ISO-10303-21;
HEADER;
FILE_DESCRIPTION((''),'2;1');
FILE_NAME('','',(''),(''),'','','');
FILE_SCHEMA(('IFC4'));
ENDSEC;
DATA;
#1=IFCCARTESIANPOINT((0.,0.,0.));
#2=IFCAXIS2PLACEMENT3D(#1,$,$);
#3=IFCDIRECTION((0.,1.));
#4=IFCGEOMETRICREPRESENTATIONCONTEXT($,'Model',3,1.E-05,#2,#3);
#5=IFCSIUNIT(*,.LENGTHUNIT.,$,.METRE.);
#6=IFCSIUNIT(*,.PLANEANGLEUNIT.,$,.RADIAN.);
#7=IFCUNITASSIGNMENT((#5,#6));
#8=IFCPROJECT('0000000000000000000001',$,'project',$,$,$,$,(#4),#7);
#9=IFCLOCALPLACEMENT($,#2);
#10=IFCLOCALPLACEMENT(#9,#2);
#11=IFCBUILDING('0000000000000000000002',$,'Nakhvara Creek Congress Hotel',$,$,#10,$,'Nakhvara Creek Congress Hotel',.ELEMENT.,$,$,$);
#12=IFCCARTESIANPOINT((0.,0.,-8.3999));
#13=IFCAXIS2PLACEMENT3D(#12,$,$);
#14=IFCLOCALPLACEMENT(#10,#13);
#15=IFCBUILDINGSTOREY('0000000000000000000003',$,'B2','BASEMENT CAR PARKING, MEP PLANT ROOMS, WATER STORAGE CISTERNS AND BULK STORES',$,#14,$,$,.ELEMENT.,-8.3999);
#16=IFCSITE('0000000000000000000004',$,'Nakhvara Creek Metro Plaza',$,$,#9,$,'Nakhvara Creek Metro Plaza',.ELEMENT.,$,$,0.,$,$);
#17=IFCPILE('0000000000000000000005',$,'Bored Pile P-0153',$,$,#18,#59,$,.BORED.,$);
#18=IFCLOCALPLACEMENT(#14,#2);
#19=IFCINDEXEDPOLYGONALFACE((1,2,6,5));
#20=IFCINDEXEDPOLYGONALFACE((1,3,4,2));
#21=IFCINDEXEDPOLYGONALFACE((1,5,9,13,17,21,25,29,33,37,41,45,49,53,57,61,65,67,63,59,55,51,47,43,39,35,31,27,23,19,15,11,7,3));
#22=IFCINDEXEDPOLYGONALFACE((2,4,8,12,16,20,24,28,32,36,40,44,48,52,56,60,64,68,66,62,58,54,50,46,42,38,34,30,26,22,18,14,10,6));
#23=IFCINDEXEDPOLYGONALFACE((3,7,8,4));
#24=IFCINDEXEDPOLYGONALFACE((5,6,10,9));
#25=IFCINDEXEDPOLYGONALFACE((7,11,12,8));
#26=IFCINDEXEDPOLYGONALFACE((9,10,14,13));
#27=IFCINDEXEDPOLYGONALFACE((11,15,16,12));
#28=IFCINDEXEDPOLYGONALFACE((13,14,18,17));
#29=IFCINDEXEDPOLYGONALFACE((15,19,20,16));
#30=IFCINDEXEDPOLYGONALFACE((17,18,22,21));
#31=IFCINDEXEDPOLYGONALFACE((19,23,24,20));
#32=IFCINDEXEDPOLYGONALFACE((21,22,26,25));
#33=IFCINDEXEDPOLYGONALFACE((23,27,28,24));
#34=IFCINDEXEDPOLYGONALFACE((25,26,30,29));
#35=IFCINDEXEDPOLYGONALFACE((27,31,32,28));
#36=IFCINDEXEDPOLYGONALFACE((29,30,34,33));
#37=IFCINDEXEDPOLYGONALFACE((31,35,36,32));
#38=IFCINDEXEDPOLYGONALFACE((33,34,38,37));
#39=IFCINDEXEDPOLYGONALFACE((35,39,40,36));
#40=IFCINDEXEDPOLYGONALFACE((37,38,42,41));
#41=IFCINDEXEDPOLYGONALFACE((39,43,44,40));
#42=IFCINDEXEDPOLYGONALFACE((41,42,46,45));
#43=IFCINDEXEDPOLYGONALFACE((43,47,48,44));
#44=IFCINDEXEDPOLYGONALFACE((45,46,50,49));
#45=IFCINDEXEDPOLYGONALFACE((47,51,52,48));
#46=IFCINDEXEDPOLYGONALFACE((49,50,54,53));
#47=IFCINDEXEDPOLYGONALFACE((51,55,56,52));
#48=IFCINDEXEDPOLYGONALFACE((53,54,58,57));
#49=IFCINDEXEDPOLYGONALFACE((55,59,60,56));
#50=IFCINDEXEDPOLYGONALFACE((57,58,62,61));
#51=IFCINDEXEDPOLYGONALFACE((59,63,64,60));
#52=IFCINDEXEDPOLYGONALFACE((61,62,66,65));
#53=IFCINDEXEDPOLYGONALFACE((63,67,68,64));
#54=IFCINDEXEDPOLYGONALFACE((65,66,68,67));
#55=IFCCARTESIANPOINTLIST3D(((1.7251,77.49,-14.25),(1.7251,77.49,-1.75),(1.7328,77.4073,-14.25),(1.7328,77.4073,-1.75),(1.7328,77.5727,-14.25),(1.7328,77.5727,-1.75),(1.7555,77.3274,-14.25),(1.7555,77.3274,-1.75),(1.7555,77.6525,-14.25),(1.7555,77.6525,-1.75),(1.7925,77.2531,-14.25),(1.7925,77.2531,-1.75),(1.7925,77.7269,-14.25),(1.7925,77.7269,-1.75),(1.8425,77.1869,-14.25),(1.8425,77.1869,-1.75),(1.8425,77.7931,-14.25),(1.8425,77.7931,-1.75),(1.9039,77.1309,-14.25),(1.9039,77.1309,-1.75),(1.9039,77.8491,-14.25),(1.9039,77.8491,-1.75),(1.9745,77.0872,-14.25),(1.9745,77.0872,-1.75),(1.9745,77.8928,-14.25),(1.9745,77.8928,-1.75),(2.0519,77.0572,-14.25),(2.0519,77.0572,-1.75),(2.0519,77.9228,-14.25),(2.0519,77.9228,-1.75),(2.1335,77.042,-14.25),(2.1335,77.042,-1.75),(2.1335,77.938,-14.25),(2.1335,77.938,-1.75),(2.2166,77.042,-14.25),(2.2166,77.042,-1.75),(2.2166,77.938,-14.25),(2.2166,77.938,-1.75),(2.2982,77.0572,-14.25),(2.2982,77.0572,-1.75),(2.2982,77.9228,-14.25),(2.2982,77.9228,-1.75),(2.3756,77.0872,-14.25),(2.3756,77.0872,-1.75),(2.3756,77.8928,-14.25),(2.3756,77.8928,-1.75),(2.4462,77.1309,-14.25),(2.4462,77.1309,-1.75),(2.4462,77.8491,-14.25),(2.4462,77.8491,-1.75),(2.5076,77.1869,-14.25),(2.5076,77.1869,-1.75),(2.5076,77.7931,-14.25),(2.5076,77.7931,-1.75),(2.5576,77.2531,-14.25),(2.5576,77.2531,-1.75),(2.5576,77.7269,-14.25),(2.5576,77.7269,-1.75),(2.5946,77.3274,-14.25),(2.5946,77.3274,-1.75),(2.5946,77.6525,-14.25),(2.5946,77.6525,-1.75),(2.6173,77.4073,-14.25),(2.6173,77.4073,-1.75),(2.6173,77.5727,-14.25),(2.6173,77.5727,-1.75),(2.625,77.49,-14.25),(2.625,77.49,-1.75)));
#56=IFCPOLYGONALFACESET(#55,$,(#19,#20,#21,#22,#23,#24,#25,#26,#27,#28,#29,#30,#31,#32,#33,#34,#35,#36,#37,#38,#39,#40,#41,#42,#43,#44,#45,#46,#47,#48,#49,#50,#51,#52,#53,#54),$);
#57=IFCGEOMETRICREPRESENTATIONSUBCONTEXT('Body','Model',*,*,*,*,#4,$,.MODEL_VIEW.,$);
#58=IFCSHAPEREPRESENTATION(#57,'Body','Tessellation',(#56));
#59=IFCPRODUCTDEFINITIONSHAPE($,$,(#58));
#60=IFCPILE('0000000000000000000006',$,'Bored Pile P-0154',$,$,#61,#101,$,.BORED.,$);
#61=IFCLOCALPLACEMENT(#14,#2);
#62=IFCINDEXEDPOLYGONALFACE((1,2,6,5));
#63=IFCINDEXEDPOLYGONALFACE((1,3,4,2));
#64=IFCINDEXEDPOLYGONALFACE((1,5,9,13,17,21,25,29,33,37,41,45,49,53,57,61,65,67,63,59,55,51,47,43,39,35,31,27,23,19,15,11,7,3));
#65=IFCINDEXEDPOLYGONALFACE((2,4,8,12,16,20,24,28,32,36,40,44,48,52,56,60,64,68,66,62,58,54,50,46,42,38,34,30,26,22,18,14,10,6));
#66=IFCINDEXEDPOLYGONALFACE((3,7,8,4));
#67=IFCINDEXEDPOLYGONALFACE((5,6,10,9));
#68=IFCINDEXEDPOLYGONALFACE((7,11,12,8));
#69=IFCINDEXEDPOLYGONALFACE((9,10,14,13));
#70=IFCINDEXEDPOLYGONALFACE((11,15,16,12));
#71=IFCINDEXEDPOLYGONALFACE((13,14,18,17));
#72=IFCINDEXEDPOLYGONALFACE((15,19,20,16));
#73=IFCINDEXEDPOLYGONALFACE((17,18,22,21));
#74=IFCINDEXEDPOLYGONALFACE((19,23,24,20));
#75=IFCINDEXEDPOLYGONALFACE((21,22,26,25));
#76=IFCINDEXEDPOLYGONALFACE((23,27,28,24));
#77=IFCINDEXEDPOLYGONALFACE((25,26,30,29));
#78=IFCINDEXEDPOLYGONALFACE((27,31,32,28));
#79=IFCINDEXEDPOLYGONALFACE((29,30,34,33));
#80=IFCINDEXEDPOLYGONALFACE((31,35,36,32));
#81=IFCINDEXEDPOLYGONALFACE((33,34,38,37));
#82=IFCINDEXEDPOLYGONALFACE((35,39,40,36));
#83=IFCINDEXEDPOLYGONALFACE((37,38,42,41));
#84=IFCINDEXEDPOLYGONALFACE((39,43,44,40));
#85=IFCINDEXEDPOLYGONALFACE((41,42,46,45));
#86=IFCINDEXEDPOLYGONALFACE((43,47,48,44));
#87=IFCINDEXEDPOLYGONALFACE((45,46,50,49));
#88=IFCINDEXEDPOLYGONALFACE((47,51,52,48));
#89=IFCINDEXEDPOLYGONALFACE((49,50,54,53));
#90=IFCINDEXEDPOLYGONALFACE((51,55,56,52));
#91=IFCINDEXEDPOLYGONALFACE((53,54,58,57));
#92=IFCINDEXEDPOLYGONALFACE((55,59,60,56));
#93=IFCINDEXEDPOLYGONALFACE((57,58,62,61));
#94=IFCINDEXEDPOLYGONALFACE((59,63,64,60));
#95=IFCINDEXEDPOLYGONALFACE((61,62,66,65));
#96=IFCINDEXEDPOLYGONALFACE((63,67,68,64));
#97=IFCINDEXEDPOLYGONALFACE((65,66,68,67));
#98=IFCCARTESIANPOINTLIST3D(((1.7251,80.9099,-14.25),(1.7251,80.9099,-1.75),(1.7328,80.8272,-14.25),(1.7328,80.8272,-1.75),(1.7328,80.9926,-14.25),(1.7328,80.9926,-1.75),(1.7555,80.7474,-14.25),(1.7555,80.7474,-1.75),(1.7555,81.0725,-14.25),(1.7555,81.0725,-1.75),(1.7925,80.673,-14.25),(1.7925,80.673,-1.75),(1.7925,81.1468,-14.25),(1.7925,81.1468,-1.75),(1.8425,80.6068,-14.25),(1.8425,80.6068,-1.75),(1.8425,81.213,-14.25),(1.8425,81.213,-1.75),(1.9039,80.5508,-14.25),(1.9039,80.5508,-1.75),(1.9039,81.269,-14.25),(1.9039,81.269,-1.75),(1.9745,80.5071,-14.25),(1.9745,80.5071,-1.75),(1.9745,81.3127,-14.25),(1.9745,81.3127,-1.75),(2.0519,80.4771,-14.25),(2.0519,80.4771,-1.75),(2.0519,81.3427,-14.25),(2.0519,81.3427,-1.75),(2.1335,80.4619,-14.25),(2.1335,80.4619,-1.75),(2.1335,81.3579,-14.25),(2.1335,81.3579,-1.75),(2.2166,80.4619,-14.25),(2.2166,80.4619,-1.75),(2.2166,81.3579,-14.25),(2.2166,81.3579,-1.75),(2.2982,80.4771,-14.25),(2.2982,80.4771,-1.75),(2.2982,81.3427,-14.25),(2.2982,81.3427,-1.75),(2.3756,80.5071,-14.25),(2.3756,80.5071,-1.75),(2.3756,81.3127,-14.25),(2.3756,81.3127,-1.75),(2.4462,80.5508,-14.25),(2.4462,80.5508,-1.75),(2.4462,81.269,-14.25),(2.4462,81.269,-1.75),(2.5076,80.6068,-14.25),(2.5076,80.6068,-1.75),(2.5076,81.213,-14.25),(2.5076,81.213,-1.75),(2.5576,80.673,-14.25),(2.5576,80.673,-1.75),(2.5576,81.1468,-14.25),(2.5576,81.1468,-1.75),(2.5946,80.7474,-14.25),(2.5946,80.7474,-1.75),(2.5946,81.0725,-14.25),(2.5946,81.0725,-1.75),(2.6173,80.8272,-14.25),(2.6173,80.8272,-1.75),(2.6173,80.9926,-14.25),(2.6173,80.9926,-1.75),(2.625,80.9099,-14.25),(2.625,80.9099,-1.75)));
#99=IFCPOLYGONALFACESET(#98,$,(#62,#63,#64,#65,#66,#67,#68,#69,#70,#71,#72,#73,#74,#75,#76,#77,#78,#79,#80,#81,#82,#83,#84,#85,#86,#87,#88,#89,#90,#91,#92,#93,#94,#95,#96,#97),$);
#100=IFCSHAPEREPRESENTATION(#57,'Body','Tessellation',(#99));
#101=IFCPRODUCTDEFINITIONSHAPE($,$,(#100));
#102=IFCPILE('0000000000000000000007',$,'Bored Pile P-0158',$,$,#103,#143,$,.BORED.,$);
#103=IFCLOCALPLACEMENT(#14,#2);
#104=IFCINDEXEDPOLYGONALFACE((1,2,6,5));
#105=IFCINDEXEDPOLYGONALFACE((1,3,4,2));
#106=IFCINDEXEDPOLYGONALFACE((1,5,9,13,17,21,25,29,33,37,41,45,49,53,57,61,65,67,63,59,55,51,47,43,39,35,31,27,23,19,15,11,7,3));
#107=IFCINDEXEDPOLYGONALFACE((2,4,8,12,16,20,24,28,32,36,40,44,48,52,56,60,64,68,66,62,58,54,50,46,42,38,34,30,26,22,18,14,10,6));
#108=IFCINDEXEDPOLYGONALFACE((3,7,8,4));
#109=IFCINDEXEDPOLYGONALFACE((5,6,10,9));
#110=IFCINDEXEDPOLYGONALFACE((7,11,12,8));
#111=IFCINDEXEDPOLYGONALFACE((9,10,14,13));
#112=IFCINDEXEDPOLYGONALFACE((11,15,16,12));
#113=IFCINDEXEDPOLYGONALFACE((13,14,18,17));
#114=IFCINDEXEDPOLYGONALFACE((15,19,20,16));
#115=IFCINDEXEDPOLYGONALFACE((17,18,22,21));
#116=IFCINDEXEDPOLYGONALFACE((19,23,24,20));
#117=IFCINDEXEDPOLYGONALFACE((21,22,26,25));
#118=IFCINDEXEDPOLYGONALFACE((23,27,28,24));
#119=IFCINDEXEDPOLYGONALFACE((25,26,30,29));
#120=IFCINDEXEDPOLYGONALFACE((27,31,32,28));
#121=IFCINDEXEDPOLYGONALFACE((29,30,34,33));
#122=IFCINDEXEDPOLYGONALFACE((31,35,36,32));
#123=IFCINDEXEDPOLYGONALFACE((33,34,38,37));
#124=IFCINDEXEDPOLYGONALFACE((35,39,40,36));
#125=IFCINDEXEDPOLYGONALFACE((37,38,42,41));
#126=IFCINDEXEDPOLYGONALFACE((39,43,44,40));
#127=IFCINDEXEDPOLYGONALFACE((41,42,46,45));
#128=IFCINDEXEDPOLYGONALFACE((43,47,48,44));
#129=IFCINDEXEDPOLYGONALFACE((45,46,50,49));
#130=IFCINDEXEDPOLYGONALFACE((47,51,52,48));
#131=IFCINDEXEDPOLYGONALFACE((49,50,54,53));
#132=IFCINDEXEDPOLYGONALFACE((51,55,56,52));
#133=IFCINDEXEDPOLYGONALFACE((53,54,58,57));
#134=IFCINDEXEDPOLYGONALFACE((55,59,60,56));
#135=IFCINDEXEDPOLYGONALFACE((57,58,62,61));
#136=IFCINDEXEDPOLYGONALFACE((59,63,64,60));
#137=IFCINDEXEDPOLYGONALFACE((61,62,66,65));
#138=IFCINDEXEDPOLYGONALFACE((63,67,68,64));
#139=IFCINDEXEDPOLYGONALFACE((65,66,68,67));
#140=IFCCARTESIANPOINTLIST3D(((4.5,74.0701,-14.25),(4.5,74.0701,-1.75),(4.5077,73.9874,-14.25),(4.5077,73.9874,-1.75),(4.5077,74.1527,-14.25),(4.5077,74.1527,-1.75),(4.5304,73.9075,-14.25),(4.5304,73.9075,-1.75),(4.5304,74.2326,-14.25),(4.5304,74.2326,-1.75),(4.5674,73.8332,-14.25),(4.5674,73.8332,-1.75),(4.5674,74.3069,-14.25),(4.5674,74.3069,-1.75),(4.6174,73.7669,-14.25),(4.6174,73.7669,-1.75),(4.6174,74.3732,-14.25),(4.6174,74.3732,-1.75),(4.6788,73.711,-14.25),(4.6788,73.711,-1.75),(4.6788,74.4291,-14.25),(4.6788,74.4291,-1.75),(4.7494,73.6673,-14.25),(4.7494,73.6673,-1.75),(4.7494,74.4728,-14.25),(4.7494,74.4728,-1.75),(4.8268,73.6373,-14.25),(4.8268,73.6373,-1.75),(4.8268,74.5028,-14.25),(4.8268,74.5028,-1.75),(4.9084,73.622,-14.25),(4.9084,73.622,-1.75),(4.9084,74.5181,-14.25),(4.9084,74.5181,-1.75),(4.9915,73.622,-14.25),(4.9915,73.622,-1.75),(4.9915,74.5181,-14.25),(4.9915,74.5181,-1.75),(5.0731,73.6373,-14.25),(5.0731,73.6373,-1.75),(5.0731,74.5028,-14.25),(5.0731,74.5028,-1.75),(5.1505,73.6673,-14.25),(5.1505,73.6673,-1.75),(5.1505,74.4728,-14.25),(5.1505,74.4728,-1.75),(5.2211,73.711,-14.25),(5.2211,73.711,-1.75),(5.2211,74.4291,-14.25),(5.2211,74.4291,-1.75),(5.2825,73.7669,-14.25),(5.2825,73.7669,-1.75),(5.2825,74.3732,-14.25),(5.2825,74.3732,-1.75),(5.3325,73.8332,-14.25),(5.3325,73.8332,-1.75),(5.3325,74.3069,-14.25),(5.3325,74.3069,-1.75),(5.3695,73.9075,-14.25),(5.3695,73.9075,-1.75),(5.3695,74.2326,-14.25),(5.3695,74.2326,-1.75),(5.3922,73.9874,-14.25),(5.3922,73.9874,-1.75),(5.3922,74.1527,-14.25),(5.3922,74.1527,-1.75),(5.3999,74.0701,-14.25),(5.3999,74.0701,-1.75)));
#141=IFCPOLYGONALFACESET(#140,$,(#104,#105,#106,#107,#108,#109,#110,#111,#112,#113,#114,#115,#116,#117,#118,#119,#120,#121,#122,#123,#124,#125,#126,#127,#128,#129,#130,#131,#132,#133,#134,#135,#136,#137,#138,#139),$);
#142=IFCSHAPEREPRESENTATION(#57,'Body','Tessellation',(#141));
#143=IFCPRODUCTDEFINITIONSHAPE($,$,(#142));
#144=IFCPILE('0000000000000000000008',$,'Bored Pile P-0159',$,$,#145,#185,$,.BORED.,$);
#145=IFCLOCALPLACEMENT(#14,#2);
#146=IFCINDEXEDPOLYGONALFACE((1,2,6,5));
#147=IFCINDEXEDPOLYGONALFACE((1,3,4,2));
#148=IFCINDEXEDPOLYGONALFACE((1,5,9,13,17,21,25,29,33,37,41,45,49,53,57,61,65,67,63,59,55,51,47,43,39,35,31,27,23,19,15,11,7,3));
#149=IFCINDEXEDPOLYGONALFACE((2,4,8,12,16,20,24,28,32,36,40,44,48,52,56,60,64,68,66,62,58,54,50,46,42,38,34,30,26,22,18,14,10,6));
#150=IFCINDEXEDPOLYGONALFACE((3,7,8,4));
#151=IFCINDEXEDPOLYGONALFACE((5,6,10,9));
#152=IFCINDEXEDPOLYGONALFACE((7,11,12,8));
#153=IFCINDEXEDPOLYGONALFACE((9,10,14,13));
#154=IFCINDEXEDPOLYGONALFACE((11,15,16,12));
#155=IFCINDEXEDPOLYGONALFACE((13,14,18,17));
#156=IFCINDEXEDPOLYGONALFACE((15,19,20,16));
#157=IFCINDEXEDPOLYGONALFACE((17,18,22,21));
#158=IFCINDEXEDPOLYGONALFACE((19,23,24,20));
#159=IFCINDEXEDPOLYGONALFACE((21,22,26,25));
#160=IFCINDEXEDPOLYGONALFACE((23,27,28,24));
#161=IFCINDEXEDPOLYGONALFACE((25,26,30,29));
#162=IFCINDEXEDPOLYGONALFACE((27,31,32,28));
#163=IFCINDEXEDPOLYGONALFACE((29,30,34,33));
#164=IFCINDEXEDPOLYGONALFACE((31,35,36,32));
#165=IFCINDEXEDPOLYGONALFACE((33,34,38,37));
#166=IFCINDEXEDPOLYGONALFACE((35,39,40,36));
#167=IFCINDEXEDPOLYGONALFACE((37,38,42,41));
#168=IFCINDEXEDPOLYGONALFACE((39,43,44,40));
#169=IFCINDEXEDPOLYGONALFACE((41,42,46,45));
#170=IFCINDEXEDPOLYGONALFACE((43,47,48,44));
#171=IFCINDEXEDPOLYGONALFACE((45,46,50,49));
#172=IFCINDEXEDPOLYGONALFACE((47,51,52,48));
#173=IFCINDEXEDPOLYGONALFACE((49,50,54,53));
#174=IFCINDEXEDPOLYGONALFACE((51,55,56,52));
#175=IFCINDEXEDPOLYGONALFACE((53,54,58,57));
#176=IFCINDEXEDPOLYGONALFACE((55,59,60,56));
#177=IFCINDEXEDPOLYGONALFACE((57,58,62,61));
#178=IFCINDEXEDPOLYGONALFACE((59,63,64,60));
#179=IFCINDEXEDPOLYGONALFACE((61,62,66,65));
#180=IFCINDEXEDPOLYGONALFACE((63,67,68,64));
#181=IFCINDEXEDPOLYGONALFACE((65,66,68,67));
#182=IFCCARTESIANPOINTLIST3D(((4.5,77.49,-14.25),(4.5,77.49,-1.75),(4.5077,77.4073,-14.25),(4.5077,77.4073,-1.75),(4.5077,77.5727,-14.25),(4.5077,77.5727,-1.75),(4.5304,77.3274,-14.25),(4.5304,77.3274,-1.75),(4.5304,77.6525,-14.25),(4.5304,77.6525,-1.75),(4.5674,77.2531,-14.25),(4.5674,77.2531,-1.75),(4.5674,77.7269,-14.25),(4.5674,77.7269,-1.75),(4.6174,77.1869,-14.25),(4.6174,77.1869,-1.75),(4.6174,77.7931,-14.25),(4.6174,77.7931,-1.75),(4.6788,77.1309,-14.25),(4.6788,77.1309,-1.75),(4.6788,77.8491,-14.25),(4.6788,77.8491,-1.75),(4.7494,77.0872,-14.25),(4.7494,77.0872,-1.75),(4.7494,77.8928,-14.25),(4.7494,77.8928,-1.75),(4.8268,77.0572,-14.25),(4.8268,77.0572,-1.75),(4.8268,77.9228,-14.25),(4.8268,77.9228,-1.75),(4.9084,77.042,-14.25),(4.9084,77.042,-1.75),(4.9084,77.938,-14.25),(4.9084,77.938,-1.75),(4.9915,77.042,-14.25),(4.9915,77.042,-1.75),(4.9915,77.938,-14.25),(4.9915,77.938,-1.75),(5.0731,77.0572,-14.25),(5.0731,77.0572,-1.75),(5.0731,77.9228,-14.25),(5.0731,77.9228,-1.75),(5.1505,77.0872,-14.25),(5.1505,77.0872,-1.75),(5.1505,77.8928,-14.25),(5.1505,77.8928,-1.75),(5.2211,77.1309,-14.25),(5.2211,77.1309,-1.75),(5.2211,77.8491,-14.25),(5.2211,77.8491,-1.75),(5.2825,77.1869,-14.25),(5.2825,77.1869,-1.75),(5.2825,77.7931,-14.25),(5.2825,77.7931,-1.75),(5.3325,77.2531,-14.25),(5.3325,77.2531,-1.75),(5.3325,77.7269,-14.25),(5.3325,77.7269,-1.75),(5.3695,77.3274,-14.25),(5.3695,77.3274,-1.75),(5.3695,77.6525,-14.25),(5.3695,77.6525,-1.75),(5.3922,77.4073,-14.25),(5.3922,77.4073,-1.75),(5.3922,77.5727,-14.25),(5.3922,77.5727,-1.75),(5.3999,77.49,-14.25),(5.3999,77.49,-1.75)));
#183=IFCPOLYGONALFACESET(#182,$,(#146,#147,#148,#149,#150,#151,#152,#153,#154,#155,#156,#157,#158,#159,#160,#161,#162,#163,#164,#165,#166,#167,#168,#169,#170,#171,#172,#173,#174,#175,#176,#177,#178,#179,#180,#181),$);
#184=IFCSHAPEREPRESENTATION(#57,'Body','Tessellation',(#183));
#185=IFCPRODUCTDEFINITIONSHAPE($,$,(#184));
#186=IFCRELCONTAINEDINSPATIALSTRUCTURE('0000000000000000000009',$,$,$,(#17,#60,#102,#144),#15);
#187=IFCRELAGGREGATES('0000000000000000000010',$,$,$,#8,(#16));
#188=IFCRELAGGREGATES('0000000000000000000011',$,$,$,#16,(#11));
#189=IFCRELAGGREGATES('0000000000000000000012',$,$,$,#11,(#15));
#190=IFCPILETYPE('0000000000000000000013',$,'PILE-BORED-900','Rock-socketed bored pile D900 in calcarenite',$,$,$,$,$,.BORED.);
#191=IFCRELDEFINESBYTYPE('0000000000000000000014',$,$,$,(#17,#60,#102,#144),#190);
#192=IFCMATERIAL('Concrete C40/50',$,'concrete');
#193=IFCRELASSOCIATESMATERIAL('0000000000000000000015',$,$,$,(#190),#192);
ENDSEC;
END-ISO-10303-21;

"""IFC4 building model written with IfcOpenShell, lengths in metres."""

from ifc_helpers import new_model, si_unit, direction, frame, origin, origin_2d, place, context, subcontext, project, spatial, circle, extrude, material, material_profile, profile_set, type_object, element, save


model = new_model("IFC4")

# Units and contexts
model_context = context("Model", 3, precision=1e-05, world=origin(), true_north=direction((0.0, 1.0)))
body_context = subcontext(model_context, "Body", "Model", "MODEL_VIEW")
ifc_project = project(units=[si_unit("LENGTHUNIT", "METRE"), si_unit("PLANEANGLEUNIT", "RADIAN")], contexts=[model_context])

# Site, building, storey
site_placement = place(None, origin())
site = spatial("IfcSite", under=ifc_project, at=site_placement, Name="Nakhvara Creek Metro Plaza", LongName="Nakhvara Creek Metro Plaza", CompositionType="ELEMENT", RefElevation=0.0)
building_placement = place(site_placement, origin())
building = spatial("IfcBuilding", under=site, at=building_placement, Name="Nakhvara Creek Congress Hotel", LongName="Nakhvara Creek Congress Hotel", CompositionType="ELEMENT")
storey_placement = place(building_placement, frame((0.0, 0.0, -8.3999)))
storey = spatial("IfcBuildingStorey", under=building, at=storey_placement, Name="B2", Description="BASEMENT CAR PARKING, MEP PLANT ROOMS, WATER STORAGE CISTERNS AND BULK STORES", CompositionType="ELEMENT", Elevation=-8.3999)

# Shared definitions
ifc_material_1 = material(Name="Concrete C40/50", Category="concrete")

# Piles
ifc_material_profile_1 = material_profile(ifc_material_1, circle(Radius=0.45, at=origin_2d()), Name="BORED PILE D900", Category="LoadBearing")
ifc_profile_set_1 = profile_set([ifc_material_profile_1], Name="Concrete C40/50")
pile_type = type_object("IfcPileType", Name="PILE-BORED-900", Description="Rock-socketed bored pile D900 in calcarenite", PredefinedType="BORED", material=ifc_profile_set_1)
for number, where, z_axis, x_axis, name in (
    (1, (2.175, 77.49, -1.75), (0.0, 0.0, -1.0), (1.0, 0.0, 0.0), "Bored Pile P-0153"),
    (2, (2.175, 80.9099, -1.75), (0.0, 0.0, -1.0), (1.0, 0.0, 0.0), "Bored Pile P-0154"),
    (3, (4.95, 74.0701, -1.75), (0.0, 0.0, -1.0), (1.0, 0.0, 0.0), "Bored Pile P-0158"),
    (4, (4.95, 77.49, -1.75), (0.0, 0.0, -1.0), (1.0, 0.0, 0.0), "Bored Pile P-0159"),
):
    element("IfcPile", number, at=place(storey_placement, frame(where, z_axis=z_axis, x_axis=x_axis)), inside=storey, type_object=pile_type, Name=name, PredefinedType="BORED", context=body_context, shape_type="SweptSolid", body=[
        extrude(circle(Radius=0.45, at=origin_2d()), origin(), (0.0, 0.0, 1.0), 12.5),
    ])

save(model, "model.ifc")
